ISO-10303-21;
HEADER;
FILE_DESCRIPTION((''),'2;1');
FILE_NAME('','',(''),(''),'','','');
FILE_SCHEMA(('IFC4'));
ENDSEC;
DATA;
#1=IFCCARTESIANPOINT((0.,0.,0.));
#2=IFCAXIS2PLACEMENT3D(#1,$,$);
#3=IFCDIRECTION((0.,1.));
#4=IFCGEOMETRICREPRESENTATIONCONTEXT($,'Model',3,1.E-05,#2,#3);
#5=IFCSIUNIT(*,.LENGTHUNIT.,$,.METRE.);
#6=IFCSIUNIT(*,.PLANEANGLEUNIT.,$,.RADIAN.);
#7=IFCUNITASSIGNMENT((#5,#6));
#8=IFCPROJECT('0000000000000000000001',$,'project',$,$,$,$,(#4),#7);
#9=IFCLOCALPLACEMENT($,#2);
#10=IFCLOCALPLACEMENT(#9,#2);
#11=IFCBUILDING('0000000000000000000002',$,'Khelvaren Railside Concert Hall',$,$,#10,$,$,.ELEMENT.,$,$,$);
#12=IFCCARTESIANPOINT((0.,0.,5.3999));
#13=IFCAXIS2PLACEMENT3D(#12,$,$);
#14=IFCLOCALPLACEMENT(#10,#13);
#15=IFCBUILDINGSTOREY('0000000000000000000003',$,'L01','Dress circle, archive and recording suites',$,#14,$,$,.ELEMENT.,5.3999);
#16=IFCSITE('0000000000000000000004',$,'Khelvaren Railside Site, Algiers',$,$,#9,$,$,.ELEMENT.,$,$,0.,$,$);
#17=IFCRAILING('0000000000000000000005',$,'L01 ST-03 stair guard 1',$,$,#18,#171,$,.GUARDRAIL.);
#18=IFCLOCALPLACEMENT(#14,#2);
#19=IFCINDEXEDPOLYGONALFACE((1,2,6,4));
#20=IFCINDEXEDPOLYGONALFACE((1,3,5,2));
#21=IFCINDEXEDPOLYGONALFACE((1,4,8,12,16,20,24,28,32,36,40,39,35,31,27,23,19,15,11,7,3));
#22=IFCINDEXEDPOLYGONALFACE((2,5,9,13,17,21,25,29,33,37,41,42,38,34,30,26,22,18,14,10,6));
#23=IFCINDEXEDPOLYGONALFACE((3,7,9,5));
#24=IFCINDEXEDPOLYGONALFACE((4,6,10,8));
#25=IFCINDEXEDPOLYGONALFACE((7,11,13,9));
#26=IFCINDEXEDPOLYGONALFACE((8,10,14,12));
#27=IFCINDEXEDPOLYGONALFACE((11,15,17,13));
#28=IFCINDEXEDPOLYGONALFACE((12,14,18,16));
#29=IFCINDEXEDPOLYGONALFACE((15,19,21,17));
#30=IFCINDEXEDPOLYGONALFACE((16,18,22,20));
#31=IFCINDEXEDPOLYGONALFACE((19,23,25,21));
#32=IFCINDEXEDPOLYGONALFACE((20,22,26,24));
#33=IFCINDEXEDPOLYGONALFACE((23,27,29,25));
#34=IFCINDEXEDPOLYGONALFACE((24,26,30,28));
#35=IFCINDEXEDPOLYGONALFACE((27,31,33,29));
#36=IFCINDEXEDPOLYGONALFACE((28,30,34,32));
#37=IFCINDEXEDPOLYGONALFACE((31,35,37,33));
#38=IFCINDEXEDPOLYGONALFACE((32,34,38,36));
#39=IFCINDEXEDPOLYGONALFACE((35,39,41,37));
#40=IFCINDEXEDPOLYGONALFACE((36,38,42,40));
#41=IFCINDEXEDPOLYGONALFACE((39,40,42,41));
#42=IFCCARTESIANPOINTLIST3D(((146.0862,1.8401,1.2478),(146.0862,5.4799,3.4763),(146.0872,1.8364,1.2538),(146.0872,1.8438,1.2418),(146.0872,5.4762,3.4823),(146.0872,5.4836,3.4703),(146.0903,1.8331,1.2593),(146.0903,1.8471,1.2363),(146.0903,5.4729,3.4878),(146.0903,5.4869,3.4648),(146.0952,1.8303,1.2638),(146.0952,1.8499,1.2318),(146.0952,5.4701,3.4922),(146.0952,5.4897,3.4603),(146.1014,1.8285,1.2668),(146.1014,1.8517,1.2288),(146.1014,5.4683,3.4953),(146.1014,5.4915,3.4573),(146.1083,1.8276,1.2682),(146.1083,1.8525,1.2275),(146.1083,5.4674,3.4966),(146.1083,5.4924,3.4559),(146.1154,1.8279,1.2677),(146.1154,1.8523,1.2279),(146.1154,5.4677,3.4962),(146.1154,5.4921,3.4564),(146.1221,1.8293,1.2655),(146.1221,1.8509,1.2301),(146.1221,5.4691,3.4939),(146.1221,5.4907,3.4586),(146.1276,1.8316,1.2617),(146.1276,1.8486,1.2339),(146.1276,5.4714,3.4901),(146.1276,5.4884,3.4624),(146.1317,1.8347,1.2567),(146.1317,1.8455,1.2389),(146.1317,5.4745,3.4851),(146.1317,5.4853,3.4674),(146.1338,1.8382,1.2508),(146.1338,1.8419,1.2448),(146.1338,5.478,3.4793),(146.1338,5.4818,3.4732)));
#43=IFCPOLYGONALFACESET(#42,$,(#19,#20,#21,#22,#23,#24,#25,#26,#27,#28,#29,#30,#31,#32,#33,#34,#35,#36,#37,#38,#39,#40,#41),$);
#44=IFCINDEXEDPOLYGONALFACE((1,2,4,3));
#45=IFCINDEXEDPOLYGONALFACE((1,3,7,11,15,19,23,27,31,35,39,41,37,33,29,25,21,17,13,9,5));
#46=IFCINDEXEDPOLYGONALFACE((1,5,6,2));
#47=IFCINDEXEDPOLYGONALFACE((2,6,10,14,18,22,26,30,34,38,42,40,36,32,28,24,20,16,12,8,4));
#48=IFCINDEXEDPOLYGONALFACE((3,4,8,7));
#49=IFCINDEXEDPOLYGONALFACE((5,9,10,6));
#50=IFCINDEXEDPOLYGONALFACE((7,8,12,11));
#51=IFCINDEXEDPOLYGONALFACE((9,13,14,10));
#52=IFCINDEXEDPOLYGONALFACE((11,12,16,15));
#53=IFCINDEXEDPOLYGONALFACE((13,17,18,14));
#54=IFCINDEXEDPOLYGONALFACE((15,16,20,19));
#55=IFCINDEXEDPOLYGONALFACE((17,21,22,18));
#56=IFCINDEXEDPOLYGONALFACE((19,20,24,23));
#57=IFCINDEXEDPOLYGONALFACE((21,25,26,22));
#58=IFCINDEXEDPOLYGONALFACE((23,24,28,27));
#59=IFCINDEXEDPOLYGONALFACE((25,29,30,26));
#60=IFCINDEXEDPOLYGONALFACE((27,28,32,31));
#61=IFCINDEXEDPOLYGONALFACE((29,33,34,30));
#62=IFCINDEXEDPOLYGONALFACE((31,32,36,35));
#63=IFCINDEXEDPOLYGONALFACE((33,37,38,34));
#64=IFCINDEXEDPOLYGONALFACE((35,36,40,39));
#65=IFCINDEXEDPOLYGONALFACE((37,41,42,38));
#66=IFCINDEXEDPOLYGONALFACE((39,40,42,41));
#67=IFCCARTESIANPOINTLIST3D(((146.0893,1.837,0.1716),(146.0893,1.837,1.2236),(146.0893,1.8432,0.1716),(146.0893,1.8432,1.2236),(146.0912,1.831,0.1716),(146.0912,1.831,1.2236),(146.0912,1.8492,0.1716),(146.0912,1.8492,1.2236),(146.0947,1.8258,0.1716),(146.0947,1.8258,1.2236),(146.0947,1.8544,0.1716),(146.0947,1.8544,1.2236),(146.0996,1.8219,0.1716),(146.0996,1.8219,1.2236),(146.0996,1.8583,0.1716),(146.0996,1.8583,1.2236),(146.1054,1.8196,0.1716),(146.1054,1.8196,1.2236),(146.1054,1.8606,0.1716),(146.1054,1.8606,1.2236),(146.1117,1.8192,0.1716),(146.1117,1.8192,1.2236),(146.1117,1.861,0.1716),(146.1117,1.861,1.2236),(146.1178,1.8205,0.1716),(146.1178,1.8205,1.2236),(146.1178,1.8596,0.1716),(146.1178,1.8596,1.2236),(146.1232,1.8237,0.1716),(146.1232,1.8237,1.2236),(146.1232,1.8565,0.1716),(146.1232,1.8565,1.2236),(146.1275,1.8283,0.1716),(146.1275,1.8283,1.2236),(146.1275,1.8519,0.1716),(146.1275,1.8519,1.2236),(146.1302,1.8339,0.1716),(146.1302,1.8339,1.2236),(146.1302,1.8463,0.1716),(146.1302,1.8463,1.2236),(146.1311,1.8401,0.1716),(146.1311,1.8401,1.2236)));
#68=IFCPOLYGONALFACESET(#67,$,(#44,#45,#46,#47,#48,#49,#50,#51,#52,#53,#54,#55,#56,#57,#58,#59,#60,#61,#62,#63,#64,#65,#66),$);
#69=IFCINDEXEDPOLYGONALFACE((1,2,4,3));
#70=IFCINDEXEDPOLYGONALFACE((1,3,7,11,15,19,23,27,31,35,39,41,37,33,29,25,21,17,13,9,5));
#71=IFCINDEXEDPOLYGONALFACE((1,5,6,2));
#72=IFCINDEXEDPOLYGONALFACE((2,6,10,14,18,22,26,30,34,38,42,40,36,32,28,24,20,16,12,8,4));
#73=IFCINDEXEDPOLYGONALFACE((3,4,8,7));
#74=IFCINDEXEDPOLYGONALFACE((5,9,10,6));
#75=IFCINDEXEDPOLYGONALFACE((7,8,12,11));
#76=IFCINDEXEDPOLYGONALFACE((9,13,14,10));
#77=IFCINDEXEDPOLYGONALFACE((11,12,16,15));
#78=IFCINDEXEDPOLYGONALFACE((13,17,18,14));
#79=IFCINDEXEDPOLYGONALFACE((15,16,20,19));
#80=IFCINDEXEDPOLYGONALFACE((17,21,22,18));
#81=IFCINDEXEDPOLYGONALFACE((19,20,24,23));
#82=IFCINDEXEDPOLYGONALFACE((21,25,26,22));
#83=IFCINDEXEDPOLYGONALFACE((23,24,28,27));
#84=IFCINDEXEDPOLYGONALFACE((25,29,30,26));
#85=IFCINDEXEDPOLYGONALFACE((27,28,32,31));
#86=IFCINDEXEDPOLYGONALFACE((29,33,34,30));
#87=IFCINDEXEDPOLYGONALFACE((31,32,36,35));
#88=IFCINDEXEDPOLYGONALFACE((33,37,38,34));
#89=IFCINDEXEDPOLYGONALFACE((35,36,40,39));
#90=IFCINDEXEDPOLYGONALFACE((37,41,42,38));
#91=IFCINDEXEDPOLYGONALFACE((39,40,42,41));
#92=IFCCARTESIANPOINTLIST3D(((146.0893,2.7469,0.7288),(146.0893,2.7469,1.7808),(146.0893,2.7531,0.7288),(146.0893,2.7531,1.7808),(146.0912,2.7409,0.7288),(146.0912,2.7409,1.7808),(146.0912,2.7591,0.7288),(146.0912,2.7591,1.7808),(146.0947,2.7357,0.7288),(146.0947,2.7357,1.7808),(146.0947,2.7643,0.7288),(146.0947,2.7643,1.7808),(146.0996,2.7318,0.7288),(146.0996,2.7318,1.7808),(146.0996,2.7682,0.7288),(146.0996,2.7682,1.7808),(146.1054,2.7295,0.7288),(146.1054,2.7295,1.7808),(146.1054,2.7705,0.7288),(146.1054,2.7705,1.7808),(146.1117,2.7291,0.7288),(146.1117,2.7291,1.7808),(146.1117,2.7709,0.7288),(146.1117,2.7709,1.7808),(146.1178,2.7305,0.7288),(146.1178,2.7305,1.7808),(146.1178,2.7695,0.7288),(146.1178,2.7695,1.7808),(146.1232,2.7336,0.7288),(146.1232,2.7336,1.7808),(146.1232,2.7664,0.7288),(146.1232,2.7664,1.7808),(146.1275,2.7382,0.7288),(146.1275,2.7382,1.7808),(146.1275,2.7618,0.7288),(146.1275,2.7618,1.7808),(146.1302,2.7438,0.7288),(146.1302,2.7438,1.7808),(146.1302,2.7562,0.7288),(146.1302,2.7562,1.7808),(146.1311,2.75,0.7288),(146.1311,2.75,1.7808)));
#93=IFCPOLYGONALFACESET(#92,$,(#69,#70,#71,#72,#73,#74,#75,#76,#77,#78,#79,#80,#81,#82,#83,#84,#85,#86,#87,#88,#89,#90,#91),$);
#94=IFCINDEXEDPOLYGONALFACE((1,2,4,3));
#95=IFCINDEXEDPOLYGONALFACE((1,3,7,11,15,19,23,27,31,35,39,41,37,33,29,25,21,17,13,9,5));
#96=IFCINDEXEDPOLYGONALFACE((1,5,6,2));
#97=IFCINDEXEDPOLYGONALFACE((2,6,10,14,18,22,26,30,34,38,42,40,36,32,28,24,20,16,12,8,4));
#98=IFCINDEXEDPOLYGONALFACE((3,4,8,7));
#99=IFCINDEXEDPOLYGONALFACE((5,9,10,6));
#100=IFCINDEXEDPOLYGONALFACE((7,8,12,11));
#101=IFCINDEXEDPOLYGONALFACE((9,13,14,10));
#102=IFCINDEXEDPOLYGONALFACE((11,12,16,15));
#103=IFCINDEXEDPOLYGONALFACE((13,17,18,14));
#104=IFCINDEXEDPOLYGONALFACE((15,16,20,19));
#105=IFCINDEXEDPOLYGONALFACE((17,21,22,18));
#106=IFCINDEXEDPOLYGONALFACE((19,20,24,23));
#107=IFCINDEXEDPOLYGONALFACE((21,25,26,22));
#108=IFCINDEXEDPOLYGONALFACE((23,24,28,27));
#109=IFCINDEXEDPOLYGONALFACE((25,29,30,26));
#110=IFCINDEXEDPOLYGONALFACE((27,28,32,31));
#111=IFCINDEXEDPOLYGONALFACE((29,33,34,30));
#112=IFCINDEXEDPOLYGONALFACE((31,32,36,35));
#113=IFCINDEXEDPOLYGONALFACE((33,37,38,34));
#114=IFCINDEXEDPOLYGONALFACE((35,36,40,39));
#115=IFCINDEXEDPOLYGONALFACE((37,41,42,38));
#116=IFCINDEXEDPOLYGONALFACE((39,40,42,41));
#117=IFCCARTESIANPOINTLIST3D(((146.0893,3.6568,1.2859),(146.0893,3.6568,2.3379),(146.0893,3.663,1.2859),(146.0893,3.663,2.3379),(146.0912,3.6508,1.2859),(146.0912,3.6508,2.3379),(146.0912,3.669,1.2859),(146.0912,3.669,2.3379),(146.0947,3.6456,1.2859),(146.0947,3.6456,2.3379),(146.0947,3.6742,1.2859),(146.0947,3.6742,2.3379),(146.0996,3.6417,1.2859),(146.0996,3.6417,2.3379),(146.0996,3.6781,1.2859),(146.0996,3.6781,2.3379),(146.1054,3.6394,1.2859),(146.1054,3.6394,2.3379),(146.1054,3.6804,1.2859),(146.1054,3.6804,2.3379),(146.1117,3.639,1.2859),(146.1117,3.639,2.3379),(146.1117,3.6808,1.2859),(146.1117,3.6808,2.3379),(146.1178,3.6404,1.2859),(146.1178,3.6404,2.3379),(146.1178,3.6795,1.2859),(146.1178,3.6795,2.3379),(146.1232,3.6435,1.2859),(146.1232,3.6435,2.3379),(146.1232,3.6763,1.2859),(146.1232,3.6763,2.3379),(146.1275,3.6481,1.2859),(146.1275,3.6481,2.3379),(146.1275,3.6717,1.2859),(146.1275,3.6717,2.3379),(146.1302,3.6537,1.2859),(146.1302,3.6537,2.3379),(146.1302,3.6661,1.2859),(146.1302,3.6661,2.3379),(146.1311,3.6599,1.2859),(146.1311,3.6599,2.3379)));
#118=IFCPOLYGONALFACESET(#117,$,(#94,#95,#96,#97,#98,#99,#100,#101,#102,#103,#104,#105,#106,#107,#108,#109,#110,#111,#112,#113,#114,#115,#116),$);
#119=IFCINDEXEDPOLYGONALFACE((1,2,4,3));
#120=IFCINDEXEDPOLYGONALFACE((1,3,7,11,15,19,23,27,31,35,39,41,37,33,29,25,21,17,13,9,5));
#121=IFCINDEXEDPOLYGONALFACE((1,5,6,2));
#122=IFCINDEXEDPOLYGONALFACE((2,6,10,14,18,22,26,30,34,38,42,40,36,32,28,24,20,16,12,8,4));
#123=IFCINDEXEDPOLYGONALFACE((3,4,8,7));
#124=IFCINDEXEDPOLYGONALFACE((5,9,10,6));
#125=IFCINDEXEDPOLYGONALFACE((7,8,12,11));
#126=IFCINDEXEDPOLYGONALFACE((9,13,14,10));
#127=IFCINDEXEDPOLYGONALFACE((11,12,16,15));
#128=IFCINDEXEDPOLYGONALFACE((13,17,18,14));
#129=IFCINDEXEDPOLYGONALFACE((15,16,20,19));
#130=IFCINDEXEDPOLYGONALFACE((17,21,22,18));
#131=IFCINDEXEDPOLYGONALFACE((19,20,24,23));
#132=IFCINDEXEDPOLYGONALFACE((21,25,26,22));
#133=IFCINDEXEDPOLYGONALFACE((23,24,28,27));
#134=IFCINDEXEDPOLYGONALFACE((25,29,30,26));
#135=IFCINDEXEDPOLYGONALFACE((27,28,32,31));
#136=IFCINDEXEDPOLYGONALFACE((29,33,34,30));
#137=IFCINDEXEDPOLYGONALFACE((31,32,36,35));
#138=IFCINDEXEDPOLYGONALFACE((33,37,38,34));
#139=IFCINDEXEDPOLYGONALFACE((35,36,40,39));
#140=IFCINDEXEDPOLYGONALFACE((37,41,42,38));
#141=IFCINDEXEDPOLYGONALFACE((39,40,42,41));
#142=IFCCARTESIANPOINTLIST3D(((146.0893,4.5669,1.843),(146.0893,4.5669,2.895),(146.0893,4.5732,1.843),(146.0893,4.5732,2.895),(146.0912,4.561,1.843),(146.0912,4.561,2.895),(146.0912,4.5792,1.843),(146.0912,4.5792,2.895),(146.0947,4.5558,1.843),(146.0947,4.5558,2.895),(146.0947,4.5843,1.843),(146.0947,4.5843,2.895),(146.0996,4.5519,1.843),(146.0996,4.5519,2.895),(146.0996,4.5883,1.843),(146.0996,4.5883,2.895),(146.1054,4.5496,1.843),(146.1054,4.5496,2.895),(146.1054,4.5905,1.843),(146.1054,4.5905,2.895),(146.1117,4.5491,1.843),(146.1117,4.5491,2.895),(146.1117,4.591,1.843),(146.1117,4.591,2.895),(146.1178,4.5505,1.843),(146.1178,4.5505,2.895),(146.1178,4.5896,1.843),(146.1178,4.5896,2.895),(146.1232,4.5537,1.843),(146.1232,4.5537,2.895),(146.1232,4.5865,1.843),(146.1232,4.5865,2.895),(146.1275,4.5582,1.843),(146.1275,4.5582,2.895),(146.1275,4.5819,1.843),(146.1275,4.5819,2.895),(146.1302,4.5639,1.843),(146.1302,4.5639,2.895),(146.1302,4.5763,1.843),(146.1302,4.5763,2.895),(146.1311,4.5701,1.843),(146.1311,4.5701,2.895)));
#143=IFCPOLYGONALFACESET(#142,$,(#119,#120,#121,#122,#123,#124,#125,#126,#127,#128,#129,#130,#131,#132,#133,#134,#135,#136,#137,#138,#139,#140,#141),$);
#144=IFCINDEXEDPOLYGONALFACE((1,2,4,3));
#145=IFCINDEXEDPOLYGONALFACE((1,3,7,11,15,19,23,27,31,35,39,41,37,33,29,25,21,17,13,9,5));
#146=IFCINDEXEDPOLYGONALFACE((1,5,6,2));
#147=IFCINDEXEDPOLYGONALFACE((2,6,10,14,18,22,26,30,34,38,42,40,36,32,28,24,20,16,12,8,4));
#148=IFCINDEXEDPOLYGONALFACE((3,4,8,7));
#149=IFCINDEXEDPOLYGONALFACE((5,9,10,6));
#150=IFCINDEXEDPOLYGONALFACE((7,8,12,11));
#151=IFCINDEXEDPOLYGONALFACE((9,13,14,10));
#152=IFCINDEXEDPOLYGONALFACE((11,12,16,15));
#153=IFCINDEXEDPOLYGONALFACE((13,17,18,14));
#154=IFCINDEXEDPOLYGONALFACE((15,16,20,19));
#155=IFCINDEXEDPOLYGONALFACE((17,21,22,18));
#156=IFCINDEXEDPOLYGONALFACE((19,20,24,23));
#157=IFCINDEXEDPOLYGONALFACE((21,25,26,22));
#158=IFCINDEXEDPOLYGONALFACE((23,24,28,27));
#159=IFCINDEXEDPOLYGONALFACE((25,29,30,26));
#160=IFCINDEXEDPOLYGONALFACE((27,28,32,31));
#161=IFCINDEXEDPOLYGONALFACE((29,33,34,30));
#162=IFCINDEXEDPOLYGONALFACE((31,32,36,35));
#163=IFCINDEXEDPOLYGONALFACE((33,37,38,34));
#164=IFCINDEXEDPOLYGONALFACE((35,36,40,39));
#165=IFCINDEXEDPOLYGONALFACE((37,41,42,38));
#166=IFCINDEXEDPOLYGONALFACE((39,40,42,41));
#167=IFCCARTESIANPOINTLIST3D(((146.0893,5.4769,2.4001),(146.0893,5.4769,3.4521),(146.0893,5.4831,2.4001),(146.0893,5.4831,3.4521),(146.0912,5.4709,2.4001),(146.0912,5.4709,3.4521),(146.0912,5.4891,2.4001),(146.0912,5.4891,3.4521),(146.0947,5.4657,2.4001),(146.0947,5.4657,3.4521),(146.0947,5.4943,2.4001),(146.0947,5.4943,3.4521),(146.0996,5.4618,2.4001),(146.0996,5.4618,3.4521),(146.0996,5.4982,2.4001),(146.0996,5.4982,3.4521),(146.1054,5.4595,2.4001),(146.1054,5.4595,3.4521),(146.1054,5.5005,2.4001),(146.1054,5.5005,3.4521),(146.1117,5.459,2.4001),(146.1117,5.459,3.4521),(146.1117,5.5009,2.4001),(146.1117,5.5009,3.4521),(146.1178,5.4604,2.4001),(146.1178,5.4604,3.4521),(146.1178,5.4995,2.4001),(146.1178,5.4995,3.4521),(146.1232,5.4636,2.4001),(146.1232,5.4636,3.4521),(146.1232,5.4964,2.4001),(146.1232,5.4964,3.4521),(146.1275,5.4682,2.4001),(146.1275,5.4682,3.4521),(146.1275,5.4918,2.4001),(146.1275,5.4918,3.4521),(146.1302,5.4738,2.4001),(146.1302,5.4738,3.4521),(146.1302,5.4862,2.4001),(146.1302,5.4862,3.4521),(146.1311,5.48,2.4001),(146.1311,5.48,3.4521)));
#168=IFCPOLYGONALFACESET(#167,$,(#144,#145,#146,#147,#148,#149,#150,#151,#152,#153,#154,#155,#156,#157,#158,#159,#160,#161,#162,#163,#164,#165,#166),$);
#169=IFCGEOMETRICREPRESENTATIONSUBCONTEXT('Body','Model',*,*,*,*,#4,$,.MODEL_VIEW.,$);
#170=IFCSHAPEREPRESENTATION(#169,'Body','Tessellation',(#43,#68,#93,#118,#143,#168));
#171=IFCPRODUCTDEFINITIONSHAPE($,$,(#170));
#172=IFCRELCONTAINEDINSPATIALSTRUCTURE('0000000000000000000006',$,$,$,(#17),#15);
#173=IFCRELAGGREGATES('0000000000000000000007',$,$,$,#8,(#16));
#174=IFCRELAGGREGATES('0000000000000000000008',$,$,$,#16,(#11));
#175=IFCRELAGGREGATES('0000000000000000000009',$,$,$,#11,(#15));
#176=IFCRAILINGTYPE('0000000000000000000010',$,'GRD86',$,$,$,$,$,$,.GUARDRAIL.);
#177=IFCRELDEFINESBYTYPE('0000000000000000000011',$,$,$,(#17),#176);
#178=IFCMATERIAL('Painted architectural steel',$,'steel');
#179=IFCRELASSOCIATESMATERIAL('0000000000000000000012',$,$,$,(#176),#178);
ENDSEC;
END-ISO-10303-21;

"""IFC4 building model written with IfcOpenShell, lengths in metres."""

from ifc_helpers import new_model, si_unit, direction, frame, origin, origin_2d, place, context, subcontext, project, spatial, circle, extrude, material, type_object, element, save


model = new_model("IFC4")

# Units and contexts
model_context = context("Model", 3, precision=1e-05, world=origin(), true_north=direction((0.0, 1.0)))
body_context = subcontext(model_context, "Body", "Model", "MODEL_VIEW")
ifc_project = project(units=[si_unit("LENGTHUNIT", "METRE"), si_unit("PLANEANGLEUNIT", "RADIAN")], contexts=[model_context])

# Site, building, storey
site_placement = place(None, origin())
site = spatial("IfcSite", under=ifc_project, at=site_placement, Name="Khelvaren Railside Site, Algiers", CompositionType="ELEMENT", RefElevation=0.0)
building_placement = place(site_placement, origin())
building = spatial("IfcBuilding", under=site, at=building_placement, Name="Khelvaren Railside Concert Hall", CompositionType="ELEMENT")
storey_placement = place(building_placement, frame((0.0, 0.0, 5.3999)))
storey = spatial("IfcBuildingStorey", under=building, at=storey_placement, Name="L01", Description="Dress circle, archive and recording suites", CompositionType="ELEMENT", Elevation=5.3999)

# Railing
ifc_material_1 = material(Name="Painted architectural steel", Category="steel")
railing_type_1 = type_object("IfcRailingType", Name="GRD86", PredefinedType="GUARDRAIL", material=ifc_material_1)
railing_1_placement = place(storey_placement, frame((146.1101, 1.8401, 0.1716)))
element("IfcRailing", 1, at=railing_1_placement, inside=storey, type_object=railing_type_1, Name="L01 ST-03 stair guard 1", PredefinedType="GUARDRAIL", context=body_context, shape_type="SweptSolid", body=[
    extrude(circle(Radius=0.0239, at=origin_2d()), frame((0.0, 0.0, 1.0762), z_axis=(0.0, 0.85285, 0.522156), x_axis=(-1.0, 0.0, 0.0)), (0.0, 0.0, 1.0), 4.2678),
    extrude(circle(Radius=0.021, at=origin_2d()), origin(), (0.0, 0.0, 1.0), 1.052),
    extrude(circle(Radius=0.021, at=origin_2d()), frame((0.0, 0.9099, 0.5571)), (0.0, 0.0, 1.0), 1.052),
    extrude(circle(Radius=0.021, at=origin_2d()), frame((0.0, 1.8198, 1.1143)), (0.0, 0.0, 1.0), 1.052),
    extrude(circle(Radius=0.021, at=origin_2d()), frame((0.0, 2.73, 1.6714)), (0.0, 0.0, 1.0), 1.052),
    extrude(circle(Radius=0.021, at=origin_2d()), frame((0.0, 3.6399, 2.2285)), (0.0, 0.0, 1.0), 1.052),
])

save(model, "model.ifc")
